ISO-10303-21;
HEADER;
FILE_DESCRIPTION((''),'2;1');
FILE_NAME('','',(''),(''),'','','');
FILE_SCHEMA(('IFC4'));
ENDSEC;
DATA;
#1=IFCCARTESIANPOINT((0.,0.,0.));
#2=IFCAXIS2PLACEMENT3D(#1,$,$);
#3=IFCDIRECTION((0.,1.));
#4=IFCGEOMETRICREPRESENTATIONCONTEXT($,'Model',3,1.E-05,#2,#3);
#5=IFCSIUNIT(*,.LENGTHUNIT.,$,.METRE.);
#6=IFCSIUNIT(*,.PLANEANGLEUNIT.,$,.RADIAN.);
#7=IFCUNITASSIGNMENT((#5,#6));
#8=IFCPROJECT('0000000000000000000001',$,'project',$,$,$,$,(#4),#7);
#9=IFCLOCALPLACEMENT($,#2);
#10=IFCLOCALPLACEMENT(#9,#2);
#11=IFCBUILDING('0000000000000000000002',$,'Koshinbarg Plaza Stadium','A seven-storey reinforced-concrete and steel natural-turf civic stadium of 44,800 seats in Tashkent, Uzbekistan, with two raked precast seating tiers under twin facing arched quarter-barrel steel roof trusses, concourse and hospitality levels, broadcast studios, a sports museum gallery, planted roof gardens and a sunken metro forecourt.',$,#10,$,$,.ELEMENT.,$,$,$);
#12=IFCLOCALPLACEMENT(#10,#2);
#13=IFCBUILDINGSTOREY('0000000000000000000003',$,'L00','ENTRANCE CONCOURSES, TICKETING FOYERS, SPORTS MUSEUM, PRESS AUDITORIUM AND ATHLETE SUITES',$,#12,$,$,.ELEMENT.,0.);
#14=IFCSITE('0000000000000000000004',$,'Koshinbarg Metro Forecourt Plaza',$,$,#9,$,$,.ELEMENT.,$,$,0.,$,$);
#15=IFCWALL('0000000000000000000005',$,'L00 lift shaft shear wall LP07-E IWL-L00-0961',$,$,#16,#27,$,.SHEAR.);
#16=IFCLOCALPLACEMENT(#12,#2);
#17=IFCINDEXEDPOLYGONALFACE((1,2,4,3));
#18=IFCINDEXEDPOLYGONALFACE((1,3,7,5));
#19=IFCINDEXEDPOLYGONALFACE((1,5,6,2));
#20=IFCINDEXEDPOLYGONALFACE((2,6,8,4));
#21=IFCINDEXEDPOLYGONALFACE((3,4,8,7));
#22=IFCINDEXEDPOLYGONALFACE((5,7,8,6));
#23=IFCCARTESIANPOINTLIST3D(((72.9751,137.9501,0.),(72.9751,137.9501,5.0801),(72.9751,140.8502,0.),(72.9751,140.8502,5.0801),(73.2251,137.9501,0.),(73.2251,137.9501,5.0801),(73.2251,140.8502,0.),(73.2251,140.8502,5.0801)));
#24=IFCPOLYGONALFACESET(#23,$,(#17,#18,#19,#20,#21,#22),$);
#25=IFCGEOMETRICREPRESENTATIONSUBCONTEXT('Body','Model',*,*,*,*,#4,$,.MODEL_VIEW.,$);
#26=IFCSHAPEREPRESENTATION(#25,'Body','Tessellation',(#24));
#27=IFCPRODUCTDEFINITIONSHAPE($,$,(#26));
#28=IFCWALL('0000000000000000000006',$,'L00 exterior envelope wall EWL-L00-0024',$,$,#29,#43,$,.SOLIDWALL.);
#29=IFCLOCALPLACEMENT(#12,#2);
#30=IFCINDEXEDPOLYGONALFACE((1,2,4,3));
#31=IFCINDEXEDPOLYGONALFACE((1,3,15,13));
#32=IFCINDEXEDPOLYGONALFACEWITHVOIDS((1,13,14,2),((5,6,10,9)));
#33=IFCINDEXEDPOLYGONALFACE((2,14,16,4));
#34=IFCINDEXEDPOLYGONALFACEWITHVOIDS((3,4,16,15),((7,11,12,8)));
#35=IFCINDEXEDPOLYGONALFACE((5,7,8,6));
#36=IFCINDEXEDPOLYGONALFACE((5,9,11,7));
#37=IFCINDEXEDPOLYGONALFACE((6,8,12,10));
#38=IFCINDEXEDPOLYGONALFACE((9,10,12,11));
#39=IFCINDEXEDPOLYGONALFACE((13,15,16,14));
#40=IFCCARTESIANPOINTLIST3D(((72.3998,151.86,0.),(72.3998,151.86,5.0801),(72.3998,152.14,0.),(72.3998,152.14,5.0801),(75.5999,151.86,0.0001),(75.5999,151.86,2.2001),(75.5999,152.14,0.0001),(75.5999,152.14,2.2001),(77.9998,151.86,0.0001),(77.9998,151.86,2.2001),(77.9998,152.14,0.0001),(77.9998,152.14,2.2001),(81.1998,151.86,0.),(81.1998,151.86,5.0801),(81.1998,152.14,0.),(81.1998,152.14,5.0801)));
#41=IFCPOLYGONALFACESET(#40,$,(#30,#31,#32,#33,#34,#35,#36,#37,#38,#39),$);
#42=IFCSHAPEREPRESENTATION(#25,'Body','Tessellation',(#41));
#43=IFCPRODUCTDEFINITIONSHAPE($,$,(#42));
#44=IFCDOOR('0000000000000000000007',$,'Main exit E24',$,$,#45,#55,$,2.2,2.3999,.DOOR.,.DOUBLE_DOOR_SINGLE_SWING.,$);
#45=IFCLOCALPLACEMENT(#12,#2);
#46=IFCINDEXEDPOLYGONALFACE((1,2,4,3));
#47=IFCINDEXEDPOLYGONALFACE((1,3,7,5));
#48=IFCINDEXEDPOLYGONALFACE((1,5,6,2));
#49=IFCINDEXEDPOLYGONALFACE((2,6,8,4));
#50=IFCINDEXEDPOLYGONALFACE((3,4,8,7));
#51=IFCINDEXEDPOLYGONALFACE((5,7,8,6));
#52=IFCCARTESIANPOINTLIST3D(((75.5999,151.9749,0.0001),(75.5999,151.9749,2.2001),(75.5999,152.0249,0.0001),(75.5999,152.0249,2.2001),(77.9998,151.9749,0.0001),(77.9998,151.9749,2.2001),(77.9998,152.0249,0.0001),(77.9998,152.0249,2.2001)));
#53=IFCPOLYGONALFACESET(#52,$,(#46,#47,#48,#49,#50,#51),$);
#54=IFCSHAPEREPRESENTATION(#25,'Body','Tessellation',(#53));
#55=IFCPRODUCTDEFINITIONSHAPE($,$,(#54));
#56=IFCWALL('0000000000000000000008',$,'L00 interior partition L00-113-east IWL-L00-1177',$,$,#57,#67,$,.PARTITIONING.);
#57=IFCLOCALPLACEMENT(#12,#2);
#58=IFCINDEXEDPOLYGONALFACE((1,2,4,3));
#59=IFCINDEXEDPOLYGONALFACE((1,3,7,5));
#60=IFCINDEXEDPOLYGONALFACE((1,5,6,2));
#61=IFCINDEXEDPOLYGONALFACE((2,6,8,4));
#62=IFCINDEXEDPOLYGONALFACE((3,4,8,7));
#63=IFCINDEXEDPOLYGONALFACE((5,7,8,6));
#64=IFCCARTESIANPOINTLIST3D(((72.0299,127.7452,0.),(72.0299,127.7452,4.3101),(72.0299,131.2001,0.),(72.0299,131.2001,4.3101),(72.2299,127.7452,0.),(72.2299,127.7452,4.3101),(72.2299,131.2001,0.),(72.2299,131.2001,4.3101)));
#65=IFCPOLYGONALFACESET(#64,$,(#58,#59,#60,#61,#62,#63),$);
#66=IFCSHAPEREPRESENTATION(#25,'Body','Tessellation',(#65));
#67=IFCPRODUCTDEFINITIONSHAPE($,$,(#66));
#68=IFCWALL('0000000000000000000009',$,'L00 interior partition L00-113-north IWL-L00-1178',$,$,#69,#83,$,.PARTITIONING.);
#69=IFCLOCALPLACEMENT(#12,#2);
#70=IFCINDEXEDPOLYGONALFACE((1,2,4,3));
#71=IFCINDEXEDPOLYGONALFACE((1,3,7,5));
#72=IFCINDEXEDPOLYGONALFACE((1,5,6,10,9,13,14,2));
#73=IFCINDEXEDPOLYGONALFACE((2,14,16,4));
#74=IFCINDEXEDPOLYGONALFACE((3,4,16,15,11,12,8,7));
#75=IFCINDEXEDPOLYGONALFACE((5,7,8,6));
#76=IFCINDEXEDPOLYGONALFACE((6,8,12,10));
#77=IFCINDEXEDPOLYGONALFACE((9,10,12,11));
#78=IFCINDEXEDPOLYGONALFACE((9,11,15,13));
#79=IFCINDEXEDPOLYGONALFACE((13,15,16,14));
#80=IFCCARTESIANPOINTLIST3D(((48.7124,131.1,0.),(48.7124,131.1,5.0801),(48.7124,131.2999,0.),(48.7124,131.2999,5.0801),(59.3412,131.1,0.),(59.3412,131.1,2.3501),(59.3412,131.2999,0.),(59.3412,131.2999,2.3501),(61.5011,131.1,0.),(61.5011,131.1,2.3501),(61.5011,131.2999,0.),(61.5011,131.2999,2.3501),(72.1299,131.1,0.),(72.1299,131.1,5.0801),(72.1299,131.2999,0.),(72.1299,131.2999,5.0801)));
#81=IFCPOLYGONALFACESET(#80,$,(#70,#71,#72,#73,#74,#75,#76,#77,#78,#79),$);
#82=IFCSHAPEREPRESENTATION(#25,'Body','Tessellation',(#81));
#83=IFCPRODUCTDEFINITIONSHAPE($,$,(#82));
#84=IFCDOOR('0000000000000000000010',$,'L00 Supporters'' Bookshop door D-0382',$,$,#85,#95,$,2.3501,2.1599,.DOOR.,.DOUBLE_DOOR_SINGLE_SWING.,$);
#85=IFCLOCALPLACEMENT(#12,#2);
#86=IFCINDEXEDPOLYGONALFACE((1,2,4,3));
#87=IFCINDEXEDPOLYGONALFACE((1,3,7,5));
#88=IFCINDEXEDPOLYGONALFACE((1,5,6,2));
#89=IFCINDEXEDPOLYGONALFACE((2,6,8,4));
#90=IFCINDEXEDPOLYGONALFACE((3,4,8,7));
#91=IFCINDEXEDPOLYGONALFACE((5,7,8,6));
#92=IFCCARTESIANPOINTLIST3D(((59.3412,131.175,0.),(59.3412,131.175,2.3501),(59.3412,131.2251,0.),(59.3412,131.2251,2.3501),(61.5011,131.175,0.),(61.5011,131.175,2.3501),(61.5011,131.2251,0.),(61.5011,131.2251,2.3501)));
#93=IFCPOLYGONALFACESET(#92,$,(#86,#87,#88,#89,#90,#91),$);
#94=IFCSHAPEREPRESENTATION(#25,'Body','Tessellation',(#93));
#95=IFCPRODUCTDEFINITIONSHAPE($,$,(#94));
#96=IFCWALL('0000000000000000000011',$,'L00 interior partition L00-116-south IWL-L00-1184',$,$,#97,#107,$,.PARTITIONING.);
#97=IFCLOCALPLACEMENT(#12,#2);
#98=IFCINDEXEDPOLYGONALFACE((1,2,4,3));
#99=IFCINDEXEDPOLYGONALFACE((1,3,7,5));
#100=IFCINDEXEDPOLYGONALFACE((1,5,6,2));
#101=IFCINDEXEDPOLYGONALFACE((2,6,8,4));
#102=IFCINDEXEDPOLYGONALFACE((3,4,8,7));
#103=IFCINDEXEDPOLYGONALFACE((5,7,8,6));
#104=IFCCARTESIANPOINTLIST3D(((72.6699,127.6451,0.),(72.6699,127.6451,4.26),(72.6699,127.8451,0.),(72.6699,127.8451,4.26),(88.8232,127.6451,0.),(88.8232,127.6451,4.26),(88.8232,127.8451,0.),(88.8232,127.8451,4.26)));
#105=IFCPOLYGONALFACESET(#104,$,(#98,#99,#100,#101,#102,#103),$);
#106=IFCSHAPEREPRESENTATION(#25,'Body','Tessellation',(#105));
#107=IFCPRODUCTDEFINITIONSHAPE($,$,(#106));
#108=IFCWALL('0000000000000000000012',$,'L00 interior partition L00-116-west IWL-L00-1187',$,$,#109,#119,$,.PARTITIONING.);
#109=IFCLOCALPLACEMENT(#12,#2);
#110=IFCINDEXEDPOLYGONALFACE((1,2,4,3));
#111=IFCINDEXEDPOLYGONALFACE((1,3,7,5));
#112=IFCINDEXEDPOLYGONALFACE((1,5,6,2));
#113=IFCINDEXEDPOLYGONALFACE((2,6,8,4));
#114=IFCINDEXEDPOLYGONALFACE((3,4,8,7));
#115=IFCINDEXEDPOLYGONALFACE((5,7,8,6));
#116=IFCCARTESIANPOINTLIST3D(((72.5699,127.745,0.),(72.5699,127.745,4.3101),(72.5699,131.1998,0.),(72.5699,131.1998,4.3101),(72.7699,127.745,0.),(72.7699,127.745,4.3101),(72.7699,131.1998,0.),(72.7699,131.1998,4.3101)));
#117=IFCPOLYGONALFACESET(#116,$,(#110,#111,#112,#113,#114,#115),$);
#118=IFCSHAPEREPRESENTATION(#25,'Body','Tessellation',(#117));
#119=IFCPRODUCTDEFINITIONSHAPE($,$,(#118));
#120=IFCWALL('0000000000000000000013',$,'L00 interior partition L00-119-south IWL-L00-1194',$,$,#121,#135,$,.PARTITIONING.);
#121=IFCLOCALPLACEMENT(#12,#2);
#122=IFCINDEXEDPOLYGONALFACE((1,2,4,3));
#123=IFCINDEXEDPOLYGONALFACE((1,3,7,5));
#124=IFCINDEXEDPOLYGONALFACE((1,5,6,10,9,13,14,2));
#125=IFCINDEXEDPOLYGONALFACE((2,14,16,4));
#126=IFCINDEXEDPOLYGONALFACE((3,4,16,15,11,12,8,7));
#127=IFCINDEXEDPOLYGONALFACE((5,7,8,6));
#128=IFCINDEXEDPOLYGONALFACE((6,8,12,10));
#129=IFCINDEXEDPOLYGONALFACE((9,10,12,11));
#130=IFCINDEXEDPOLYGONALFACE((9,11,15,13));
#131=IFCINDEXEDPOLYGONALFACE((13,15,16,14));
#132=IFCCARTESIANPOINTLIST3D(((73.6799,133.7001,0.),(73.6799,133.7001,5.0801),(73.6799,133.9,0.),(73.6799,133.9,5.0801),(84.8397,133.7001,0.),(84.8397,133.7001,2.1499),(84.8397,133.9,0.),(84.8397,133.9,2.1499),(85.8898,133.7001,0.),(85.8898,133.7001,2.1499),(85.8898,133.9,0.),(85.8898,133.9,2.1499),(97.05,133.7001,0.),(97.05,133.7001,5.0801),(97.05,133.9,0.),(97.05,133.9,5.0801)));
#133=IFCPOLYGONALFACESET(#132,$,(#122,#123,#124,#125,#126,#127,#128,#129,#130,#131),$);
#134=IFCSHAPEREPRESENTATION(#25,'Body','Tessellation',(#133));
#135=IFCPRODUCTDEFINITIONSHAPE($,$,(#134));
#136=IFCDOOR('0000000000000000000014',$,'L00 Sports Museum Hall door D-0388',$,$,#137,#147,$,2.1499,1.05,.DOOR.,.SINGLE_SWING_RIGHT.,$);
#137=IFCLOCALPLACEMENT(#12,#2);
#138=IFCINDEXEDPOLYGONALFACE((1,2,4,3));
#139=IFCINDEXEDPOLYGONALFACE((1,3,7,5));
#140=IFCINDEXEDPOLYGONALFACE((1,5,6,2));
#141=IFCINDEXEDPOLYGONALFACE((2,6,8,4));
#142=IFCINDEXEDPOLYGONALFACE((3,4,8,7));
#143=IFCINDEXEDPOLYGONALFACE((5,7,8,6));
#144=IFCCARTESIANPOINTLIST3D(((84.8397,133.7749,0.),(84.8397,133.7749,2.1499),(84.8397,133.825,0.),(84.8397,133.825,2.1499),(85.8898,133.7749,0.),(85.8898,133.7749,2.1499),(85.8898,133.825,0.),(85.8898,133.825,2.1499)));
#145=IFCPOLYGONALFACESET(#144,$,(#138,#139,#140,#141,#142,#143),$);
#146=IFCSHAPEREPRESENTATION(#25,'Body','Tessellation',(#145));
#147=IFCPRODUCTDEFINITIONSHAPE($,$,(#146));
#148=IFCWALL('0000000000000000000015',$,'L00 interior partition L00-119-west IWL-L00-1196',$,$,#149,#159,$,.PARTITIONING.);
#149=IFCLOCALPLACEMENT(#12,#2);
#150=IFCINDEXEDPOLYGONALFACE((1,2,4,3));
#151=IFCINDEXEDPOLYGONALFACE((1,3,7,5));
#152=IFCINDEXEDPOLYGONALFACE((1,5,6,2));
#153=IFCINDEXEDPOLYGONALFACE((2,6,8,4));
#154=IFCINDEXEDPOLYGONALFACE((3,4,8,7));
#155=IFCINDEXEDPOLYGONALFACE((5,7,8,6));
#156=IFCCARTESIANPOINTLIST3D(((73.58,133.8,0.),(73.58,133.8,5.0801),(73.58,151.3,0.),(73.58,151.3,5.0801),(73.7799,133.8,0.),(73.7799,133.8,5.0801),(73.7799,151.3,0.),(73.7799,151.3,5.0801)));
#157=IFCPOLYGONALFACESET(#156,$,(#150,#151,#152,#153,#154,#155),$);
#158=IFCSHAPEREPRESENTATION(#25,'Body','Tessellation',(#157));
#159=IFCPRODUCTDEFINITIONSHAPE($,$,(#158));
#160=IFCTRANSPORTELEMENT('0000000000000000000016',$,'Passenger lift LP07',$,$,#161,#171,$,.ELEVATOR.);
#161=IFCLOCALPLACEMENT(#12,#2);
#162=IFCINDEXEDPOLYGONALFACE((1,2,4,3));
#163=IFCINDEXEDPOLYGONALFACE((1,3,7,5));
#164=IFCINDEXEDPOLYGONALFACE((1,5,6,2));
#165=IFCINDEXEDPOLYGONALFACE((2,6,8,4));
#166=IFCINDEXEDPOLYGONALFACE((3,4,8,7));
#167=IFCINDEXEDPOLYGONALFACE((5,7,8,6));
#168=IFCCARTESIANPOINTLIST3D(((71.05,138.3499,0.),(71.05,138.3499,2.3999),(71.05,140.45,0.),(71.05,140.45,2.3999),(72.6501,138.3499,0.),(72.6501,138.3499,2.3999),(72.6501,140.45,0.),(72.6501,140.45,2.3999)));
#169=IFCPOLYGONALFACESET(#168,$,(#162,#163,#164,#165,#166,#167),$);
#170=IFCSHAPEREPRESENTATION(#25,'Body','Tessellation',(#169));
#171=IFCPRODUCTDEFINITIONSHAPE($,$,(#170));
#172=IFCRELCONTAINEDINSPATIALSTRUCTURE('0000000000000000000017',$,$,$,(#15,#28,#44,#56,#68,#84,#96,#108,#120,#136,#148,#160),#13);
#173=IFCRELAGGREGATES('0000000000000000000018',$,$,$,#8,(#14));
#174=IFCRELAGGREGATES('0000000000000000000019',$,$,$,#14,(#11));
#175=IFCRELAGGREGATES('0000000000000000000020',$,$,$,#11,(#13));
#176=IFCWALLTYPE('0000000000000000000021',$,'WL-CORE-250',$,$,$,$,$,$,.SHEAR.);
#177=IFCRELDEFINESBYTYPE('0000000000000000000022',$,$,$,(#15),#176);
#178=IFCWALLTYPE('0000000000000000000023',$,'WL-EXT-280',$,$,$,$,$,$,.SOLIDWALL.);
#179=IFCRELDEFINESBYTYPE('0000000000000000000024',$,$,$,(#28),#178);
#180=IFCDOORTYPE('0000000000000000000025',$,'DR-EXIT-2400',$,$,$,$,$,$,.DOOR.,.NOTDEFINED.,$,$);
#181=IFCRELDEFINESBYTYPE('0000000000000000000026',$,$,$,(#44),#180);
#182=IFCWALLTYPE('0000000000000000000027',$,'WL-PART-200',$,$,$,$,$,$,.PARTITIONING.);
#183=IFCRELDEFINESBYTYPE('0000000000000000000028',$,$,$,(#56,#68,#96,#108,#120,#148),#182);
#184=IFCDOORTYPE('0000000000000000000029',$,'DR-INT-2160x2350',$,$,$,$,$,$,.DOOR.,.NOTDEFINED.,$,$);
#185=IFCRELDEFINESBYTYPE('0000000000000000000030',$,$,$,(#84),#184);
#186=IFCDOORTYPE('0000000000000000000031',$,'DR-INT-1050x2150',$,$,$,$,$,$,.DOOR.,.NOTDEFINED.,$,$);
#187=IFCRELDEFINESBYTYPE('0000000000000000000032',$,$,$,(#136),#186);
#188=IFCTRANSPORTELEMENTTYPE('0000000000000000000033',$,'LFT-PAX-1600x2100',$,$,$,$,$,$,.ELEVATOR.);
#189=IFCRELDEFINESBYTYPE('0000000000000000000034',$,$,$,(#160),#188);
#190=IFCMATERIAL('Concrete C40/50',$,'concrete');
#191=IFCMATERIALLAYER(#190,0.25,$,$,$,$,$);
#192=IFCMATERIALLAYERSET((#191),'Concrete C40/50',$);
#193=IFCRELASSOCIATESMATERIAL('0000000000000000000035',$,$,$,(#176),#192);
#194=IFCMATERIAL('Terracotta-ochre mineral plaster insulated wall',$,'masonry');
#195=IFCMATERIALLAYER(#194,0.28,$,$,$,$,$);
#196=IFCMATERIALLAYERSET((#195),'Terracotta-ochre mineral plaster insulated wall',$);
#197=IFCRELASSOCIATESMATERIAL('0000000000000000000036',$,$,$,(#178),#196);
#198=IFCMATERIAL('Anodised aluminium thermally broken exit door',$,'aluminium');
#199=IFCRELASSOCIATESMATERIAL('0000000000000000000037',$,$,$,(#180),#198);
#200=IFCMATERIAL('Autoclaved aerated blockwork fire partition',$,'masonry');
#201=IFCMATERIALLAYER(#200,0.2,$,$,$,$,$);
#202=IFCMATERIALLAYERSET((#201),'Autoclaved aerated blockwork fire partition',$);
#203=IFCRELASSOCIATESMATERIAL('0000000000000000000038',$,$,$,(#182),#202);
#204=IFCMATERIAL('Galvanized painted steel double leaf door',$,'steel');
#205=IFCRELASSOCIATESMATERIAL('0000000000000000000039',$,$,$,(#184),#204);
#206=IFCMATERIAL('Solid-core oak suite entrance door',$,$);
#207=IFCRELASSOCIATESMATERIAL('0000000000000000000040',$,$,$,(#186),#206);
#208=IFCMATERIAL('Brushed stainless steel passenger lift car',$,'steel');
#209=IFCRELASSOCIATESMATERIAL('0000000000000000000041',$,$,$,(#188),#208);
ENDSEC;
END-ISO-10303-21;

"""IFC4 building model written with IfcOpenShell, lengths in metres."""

from ifc_helpers import new_model, si_unit, direction, frame, frame_2d, origin, origin_2d, place, context, subcontext, project, spatial, rectangle, extrude, material, layer, layer_set, type_object, element, fill, save


model = new_model("IFC4")

# Units and contexts
model_context = context("Model", 3, precision=1e-05, world=origin(), true_north=direction((0.0, 1.0)))
body_context = subcontext(model_context, "Body", "Model", "MODEL_VIEW")
ifc_project = project(units=[si_unit("LENGTHUNIT", "METRE"), si_unit("PLANEANGLEUNIT", "RADIAN")], contexts=[model_context])

# Site, building, storey
site_placement = place(None, origin())
site = spatial("IfcSite", under=ifc_project, at=site_placement, Name="Koshinbarg Metro Forecourt Plaza", CompositionType="ELEMENT", RefElevation=0.0)
building_placement = place(site_placement, origin())
building = spatial("IfcBuilding", under=site, at=building_placement, Name="Koshinbarg Plaza Stadium", Description="A seven-storey reinforced-concrete and steel natural-turf civic stadium of 44,800 seats in Tashkent, Uzbekistan, with two raked precast seating tiers under twin facing arched quarter-barrel steel roof trusses, concourse and hospitality levels, broadcast studios, a sports museum gallery, planted roof gardens and a sunken metro forecourt.", CompositionType="ELEMENT")
storey_placement = place(building_placement, origin())
storey = spatial("IfcBuildingStorey", under=building, at=storey_placement, Name="L00", Description="ENTRANCE CONCOURSES, TICKETING FOYERS, SPORTS MUSEUM, PRESS AUDITORIUM AND ATHLETE SUITES", CompositionType="ELEMENT", Elevation=0.0)

# Shared definitions
ifc_material_1 = material(Name="Concrete C40/50", Category="concrete")

# Shared definitions
ifc_layer_1 = layer(ifc_material_1, 0.25)
ifc_layer_set_1 = layer_set([ifc_layer_1], Name="Concrete C40/50")
wall_type_1 = type_object("IfcWallType", Name="WL-CORE-250", PredefinedType="SHEAR", material=ifc_layer_set_1)

# Wall
wall_1_placement = place(storey_placement, frame((73.1001, 137.95, 0.0), z_axis=(0.0, 0.0, 1.0), x_axis=(0.0, 1.0, 0.0)))
element("IfcWall", 1, at=wall_1_placement, inside=storey, type_object=wall_type_1, Name="L00 lift shaft shear wall LP07-E IWL-L00-0961", PredefinedType="SHEAR", context=body_context, shape_type="SweptSolid", body=[
    extrude(rectangle(XDim=2.9001, YDim=0.25, at=frame_2d((1.4502, 0.0))), origin(), (0.0, 0.0, 1.0), 5.0801),
])

# Wall, opening, door
ifc_material_2 = material(Name="Terracotta-ochre mineral plaster insulated wall", Category="masonry")
ifc_layer_2 = layer(ifc_material_2, 0.28)
ifc_layer_set_2 = layer_set([ifc_layer_2], Name="Terracotta-ochre mineral plaster insulated wall")
wall_type_2 = type_object("IfcWallType", Name="WL-EXT-280", PredefinedType="SOLIDWALL", material=ifc_layer_set_2)
wall_2_placement = place(storey_placement, frame((72.3999, 152.0, 0.0), z_axis=(0.0, 0.0, 1.0), x_axis=(1.0, 0.0, 0.0)))
wall_2 = element("IfcWall", 2, at=wall_2_placement, inside=storey, type_object=wall_type_2, Name="L00 exterior envelope wall EWL-L00-0024", PredefinedType="SOLIDWALL", context=body_context, shape_type="SweptSolid", body=[
    extrude(rectangle(XDim=8.8, YDim=0.28, at=frame_2d((4.3999, 0.0))), origin(), (0.0, 0.0, 1.0), 5.0801),
])
opening_1_placement = place(wall_2_placement, frame((3.2, 0.0, 0.0)))
opening_1 = element("IfcOpeningElement", 3, at=opening_1_placement, cuts=wall_2, PredefinedType="OPENING", context=body_context, shape_type="SweptSolid", body=[
    extrude(rectangle(XDim=2.3999, YDim=2.2, at=frame_2d((1.2, 1.1001))), frame((0.0, 0.1499, 0.0), z_axis=(0.0, -1.0, 0.0), x_axis=(1.0, 0.0, 0.0)), (0.0, 0.0, 1.0), 0.3),
])
ifc_material_3 = material(Name="Anodised aluminium thermally broken exit door", Category="aluminium")
door_type_1 = type_object("IfcDoorType", Name="DR-EXIT-2400", OperationType="NOTDEFINED", PredefinedType="DOOR", material=ifc_material_3)
door_1_placement = place(opening_1_placement, origin())
door_1 = element("IfcDoor", 4, at=door_1_placement, inside=storey, type_object=door_type_1, Name="Main exit E24", OperationType="DOUBLE_DOOR_SINGLE_SWING", OverallHeight=2.2, OverallWidth=2.3999, PredefinedType="DOOR", context=body_context, shape_type="SweptSolid", body=[
    extrude(rectangle(XDim=2.3999, YDim=2.2, at=frame_2d((1.2, 1.1001))), frame((0.0, 0.0249, 0.0), z_axis=(0.0, -1.0, 0.0), x_axis=(1.0, 0.0, 0.0)), (0.0, 0.0, 1.0), 0.05),
])
fill(opening_1, door_1)

# Wall
ifc_material_4 = material(Name="Autoclaved aerated blockwork fire partition", Category="masonry")
ifc_layer_3 = layer(ifc_material_4, 0.2)
ifc_layer_set_3 = layer_set([ifc_layer_3], Name="Autoclaved aerated blockwork fire partition")
wall_type_3 = type_object("IfcWallType", Name="WL-PART-200", PredefinedType="PARTITIONING", material=ifc_layer_set_3)
wall_3_placement = place(storey_placement, frame((72.1299, 127.7451, 0.0), z_axis=(0.0, 0.0, 1.0), x_axis=(0.0, 1.0, 0.0)))
element("IfcWall", 5, at=wall_3_placement, inside=storey, type_object=wall_type_3, Name="L00 interior partition L00-113-east IWL-L00-1177", PredefinedType="PARTITIONING", context=body_context, shape_type="SweptSolid", body=[
    extrude(rectangle(XDim=3.4548, YDim=0.2, at=frame_2d((1.7275, 0.0))), origin(), (0.0, 0.0, 1.0), 4.3101),
])

# Wall, opening, door
wall_4_placement = place(storey_placement, frame((72.1299, 131.2, 0.0), z_axis=(0.0, 0.0, 1.0), x_axis=(-1.0, 0.0, 0.0)))
wall_4 = element("IfcWall", 6, at=wall_4_placement, inside=storey, type_object=wall_type_3, Name="L00 interior partition L00-113-north IWL-L00-1178", PredefinedType="PARTITIONING", context=body_context, shape_type="SweptSolid", body=[
    extrude(rectangle(XDim=23.4175, YDim=0.2, at=frame_2d((11.7087, 0.0))), origin(), (0.0, 0.0, 1.0), 5.0801),
])
opening_2_placement = place(wall_4_placement, frame((10.6287, 0.0, 0.0)))
opening_2 = element("IfcOpeningElement", 7, at=opening_2_placement, cuts=wall_4, PredefinedType="OPENING", context=body_context, shape_type="SweptSolid", body=[
    extrude(rectangle(XDim=2.1599, YDim=2.3501, at=frame_2d((1.0801, 1.175))), frame((0.0, 0.1099, 0.0), z_axis=(0.0, -1.0, 0.0), x_axis=(1.0, 0.0, 0.0)), (0.0, 0.0, 1.0), 0.22),
])
ifc_material_5 = material(Name="Galvanized painted steel double leaf door", Category="steel")
door_type_2 = type_object("IfcDoorType", Name="DR-INT-2160x2350", OperationType="NOTDEFINED", PredefinedType="DOOR", material=ifc_material_5)
door_2_placement = place(opening_2_placement, origin())
door_2 = element("IfcDoor", 8, at=door_2_placement, inside=storey, type_object=door_type_2, Name="L00 Supporters' Bookshop door D-0382", OperationType="DOUBLE_DOOR_SINGLE_SWING", OverallHeight=2.3501, OverallWidth=2.1599, PredefinedType="DOOR", context=body_context, shape_type="SweptSolid", body=[
    extrude(rectangle(XDim=2.1599, YDim=2.3501, at=frame_2d((1.0801, 1.175))), frame((0.0, 0.0249, 0.0), z_axis=(0.0, -1.0, 0.0), x_axis=(1.0, 0.0, 0.0)), (0.0, 0.0, 1.0), 0.05),
])
fill(opening_2, door_2)

# Walls
wall_5_placement = place(storey_placement, frame((72.6699, 127.7451, 0.0), z_axis=(0.0, 0.0, 1.0), x_axis=(1.0, 0.0, 0.0)))
element("IfcWall", 9, at=wall_5_placement, inside=storey, type_object=wall_type_3, Name="L00 interior partition L00-116-south IWL-L00-1184", PredefinedType="PARTITIONING", context=body_context, shape_type="SweptSolid", body=[
    extrude(rectangle(XDim=16.1533, YDim=0.2, at=frame_2d((8.0767, 0.0))), origin(), (0.0, 0.0, 1.0), 4.26),
])
wall_6_placement = place(storey_placement, frame((72.6699, 131.2, 0.0), z_axis=(0.0, 0.0, 1.0), x_axis=(0.0, -1.0, 0.0)))
element("IfcWall", 10, at=wall_6_placement, inside=storey, type_object=wall_type_3, Name="L00 interior partition L00-116-west IWL-L00-1187", PredefinedType="PARTITIONING", context=body_context, shape_type="SweptSolid", body=[
    extrude(rectangle(XDim=3.4548, YDim=0.2, at=frame_2d((1.7275, 0.0))), origin(), (0.0, 0.0, 1.0), 4.3101),
])

# Wall, opening, door
wall_7_placement = place(storey_placement, frame((73.6799, 133.8, 0.0), z_axis=(0.0, 0.0, 1.0), x_axis=(1.0, 0.0, 0.0)))
wall_7 = element("IfcWall", 11, at=wall_7_placement, inside=storey, type_object=wall_type_3, Name="L00 interior partition L00-119-south IWL-L00-1194", PredefinedType="PARTITIONING", context=body_context, shape_type="SweptSolid", body=[
    extrude(rectangle(XDim=23.3701, YDim=0.2, at=frame_2d((11.6851, 0.0))), origin(), (0.0, 0.0, 1.0), 5.0801),
])
opening_3_placement = place(wall_7_placement, frame((11.1599, 0.0, 0.0)))
opening_3 = element("IfcOpeningElement", 12, at=opening_3_placement, cuts=wall_7, PredefinedType="OPENING", context=body_context, shape_type="SweptSolid", body=[
    extrude(rectangle(XDim=1.05, YDim=2.1499, at=frame_2d((0.5249, 1.075))), frame((0.0, 0.1099, 0.0), z_axis=(0.0, -1.0, 0.0), x_axis=(1.0, 0.0, 0.0)), (0.0, 0.0, 1.0), 0.22),
])
ifc_material_6 = material(Name="Solid-core oak suite entrance door")
door_type_3 = type_object("IfcDoorType", Name="DR-INT-1050x2150", OperationType="NOTDEFINED", PredefinedType="DOOR", material=ifc_material_6)
door_3_placement = place(opening_3_placement, origin())
door_3 = element("IfcDoor", 13, at=door_3_placement, inside=storey, type_object=door_type_3, Name="L00 Sports Museum Hall door D-0388", OperationType="SINGLE_SWING_RIGHT", OverallHeight=2.1499, OverallWidth=1.05, PredefinedType="DOOR", context=body_context, shape_type="SweptSolid", body=[
    extrude(rectangle(XDim=1.05, YDim=2.1499, at=frame_2d((0.5249, 1.075))), frame((0.0, 0.0249, 0.0), z_axis=(0.0, -1.0, 0.0), x_axis=(1.0, 0.0, 0.0)), (0.0, 0.0, 1.0), 0.05),
])
fill(opening_3, door_3)

# Wall
wall_8_placement = place(storey_placement, frame((73.6799, 151.3, 0.0), z_axis=(0.0, 0.0, 1.0), x_axis=(0.0, -1.0, 0.0)))
element("IfcWall", 14, at=wall_8_placement, inside=storey, type_object=wall_type_3, Name="L00 interior partition L00-119-west IWL-L00-1196", PredefinedType="PARTITIONING", context=body_context, shape_type="SweptSolid", body=[
    extrude(rectangle(XDim=17.5, YDim=0.2, at=frame_2d((8.75, 0.0))), origin(), (0.0, 0.0, 1.0), 5.0801),
])

# Transport element
ifc_material_7 = material(Name="Brushed stainless steel passenger lift car", Category="steel")
transport_element_type = type_object("IfcTransportElementType", Name="LFT-PAX-1600x2100", PredefinedType="ELEVATOR", material=ifc_material_7)
transport_element_placement = place(storey_placement, frame((71.8501, 139.3999, 0.0), z_axis=(0.0, 0.0, 1.0), x_axis=(1.0, 0.0, 0.0)))
element("IfcTransportElement", 15, at=transport_element_placement, inside=storey, type_object=transport_element_type, Name="Passenger lift LP07", PredefinedType="ELEVATOR", context=body_context, shape_type="SweptSolid", body=[
    extrude(rectangle(XDim=1.6001, YDim=2.1001, at=origin_2d()), origin(), (0.0, 0.0, 1.0), 2.3999),
])

save(model, "model.ifc")
